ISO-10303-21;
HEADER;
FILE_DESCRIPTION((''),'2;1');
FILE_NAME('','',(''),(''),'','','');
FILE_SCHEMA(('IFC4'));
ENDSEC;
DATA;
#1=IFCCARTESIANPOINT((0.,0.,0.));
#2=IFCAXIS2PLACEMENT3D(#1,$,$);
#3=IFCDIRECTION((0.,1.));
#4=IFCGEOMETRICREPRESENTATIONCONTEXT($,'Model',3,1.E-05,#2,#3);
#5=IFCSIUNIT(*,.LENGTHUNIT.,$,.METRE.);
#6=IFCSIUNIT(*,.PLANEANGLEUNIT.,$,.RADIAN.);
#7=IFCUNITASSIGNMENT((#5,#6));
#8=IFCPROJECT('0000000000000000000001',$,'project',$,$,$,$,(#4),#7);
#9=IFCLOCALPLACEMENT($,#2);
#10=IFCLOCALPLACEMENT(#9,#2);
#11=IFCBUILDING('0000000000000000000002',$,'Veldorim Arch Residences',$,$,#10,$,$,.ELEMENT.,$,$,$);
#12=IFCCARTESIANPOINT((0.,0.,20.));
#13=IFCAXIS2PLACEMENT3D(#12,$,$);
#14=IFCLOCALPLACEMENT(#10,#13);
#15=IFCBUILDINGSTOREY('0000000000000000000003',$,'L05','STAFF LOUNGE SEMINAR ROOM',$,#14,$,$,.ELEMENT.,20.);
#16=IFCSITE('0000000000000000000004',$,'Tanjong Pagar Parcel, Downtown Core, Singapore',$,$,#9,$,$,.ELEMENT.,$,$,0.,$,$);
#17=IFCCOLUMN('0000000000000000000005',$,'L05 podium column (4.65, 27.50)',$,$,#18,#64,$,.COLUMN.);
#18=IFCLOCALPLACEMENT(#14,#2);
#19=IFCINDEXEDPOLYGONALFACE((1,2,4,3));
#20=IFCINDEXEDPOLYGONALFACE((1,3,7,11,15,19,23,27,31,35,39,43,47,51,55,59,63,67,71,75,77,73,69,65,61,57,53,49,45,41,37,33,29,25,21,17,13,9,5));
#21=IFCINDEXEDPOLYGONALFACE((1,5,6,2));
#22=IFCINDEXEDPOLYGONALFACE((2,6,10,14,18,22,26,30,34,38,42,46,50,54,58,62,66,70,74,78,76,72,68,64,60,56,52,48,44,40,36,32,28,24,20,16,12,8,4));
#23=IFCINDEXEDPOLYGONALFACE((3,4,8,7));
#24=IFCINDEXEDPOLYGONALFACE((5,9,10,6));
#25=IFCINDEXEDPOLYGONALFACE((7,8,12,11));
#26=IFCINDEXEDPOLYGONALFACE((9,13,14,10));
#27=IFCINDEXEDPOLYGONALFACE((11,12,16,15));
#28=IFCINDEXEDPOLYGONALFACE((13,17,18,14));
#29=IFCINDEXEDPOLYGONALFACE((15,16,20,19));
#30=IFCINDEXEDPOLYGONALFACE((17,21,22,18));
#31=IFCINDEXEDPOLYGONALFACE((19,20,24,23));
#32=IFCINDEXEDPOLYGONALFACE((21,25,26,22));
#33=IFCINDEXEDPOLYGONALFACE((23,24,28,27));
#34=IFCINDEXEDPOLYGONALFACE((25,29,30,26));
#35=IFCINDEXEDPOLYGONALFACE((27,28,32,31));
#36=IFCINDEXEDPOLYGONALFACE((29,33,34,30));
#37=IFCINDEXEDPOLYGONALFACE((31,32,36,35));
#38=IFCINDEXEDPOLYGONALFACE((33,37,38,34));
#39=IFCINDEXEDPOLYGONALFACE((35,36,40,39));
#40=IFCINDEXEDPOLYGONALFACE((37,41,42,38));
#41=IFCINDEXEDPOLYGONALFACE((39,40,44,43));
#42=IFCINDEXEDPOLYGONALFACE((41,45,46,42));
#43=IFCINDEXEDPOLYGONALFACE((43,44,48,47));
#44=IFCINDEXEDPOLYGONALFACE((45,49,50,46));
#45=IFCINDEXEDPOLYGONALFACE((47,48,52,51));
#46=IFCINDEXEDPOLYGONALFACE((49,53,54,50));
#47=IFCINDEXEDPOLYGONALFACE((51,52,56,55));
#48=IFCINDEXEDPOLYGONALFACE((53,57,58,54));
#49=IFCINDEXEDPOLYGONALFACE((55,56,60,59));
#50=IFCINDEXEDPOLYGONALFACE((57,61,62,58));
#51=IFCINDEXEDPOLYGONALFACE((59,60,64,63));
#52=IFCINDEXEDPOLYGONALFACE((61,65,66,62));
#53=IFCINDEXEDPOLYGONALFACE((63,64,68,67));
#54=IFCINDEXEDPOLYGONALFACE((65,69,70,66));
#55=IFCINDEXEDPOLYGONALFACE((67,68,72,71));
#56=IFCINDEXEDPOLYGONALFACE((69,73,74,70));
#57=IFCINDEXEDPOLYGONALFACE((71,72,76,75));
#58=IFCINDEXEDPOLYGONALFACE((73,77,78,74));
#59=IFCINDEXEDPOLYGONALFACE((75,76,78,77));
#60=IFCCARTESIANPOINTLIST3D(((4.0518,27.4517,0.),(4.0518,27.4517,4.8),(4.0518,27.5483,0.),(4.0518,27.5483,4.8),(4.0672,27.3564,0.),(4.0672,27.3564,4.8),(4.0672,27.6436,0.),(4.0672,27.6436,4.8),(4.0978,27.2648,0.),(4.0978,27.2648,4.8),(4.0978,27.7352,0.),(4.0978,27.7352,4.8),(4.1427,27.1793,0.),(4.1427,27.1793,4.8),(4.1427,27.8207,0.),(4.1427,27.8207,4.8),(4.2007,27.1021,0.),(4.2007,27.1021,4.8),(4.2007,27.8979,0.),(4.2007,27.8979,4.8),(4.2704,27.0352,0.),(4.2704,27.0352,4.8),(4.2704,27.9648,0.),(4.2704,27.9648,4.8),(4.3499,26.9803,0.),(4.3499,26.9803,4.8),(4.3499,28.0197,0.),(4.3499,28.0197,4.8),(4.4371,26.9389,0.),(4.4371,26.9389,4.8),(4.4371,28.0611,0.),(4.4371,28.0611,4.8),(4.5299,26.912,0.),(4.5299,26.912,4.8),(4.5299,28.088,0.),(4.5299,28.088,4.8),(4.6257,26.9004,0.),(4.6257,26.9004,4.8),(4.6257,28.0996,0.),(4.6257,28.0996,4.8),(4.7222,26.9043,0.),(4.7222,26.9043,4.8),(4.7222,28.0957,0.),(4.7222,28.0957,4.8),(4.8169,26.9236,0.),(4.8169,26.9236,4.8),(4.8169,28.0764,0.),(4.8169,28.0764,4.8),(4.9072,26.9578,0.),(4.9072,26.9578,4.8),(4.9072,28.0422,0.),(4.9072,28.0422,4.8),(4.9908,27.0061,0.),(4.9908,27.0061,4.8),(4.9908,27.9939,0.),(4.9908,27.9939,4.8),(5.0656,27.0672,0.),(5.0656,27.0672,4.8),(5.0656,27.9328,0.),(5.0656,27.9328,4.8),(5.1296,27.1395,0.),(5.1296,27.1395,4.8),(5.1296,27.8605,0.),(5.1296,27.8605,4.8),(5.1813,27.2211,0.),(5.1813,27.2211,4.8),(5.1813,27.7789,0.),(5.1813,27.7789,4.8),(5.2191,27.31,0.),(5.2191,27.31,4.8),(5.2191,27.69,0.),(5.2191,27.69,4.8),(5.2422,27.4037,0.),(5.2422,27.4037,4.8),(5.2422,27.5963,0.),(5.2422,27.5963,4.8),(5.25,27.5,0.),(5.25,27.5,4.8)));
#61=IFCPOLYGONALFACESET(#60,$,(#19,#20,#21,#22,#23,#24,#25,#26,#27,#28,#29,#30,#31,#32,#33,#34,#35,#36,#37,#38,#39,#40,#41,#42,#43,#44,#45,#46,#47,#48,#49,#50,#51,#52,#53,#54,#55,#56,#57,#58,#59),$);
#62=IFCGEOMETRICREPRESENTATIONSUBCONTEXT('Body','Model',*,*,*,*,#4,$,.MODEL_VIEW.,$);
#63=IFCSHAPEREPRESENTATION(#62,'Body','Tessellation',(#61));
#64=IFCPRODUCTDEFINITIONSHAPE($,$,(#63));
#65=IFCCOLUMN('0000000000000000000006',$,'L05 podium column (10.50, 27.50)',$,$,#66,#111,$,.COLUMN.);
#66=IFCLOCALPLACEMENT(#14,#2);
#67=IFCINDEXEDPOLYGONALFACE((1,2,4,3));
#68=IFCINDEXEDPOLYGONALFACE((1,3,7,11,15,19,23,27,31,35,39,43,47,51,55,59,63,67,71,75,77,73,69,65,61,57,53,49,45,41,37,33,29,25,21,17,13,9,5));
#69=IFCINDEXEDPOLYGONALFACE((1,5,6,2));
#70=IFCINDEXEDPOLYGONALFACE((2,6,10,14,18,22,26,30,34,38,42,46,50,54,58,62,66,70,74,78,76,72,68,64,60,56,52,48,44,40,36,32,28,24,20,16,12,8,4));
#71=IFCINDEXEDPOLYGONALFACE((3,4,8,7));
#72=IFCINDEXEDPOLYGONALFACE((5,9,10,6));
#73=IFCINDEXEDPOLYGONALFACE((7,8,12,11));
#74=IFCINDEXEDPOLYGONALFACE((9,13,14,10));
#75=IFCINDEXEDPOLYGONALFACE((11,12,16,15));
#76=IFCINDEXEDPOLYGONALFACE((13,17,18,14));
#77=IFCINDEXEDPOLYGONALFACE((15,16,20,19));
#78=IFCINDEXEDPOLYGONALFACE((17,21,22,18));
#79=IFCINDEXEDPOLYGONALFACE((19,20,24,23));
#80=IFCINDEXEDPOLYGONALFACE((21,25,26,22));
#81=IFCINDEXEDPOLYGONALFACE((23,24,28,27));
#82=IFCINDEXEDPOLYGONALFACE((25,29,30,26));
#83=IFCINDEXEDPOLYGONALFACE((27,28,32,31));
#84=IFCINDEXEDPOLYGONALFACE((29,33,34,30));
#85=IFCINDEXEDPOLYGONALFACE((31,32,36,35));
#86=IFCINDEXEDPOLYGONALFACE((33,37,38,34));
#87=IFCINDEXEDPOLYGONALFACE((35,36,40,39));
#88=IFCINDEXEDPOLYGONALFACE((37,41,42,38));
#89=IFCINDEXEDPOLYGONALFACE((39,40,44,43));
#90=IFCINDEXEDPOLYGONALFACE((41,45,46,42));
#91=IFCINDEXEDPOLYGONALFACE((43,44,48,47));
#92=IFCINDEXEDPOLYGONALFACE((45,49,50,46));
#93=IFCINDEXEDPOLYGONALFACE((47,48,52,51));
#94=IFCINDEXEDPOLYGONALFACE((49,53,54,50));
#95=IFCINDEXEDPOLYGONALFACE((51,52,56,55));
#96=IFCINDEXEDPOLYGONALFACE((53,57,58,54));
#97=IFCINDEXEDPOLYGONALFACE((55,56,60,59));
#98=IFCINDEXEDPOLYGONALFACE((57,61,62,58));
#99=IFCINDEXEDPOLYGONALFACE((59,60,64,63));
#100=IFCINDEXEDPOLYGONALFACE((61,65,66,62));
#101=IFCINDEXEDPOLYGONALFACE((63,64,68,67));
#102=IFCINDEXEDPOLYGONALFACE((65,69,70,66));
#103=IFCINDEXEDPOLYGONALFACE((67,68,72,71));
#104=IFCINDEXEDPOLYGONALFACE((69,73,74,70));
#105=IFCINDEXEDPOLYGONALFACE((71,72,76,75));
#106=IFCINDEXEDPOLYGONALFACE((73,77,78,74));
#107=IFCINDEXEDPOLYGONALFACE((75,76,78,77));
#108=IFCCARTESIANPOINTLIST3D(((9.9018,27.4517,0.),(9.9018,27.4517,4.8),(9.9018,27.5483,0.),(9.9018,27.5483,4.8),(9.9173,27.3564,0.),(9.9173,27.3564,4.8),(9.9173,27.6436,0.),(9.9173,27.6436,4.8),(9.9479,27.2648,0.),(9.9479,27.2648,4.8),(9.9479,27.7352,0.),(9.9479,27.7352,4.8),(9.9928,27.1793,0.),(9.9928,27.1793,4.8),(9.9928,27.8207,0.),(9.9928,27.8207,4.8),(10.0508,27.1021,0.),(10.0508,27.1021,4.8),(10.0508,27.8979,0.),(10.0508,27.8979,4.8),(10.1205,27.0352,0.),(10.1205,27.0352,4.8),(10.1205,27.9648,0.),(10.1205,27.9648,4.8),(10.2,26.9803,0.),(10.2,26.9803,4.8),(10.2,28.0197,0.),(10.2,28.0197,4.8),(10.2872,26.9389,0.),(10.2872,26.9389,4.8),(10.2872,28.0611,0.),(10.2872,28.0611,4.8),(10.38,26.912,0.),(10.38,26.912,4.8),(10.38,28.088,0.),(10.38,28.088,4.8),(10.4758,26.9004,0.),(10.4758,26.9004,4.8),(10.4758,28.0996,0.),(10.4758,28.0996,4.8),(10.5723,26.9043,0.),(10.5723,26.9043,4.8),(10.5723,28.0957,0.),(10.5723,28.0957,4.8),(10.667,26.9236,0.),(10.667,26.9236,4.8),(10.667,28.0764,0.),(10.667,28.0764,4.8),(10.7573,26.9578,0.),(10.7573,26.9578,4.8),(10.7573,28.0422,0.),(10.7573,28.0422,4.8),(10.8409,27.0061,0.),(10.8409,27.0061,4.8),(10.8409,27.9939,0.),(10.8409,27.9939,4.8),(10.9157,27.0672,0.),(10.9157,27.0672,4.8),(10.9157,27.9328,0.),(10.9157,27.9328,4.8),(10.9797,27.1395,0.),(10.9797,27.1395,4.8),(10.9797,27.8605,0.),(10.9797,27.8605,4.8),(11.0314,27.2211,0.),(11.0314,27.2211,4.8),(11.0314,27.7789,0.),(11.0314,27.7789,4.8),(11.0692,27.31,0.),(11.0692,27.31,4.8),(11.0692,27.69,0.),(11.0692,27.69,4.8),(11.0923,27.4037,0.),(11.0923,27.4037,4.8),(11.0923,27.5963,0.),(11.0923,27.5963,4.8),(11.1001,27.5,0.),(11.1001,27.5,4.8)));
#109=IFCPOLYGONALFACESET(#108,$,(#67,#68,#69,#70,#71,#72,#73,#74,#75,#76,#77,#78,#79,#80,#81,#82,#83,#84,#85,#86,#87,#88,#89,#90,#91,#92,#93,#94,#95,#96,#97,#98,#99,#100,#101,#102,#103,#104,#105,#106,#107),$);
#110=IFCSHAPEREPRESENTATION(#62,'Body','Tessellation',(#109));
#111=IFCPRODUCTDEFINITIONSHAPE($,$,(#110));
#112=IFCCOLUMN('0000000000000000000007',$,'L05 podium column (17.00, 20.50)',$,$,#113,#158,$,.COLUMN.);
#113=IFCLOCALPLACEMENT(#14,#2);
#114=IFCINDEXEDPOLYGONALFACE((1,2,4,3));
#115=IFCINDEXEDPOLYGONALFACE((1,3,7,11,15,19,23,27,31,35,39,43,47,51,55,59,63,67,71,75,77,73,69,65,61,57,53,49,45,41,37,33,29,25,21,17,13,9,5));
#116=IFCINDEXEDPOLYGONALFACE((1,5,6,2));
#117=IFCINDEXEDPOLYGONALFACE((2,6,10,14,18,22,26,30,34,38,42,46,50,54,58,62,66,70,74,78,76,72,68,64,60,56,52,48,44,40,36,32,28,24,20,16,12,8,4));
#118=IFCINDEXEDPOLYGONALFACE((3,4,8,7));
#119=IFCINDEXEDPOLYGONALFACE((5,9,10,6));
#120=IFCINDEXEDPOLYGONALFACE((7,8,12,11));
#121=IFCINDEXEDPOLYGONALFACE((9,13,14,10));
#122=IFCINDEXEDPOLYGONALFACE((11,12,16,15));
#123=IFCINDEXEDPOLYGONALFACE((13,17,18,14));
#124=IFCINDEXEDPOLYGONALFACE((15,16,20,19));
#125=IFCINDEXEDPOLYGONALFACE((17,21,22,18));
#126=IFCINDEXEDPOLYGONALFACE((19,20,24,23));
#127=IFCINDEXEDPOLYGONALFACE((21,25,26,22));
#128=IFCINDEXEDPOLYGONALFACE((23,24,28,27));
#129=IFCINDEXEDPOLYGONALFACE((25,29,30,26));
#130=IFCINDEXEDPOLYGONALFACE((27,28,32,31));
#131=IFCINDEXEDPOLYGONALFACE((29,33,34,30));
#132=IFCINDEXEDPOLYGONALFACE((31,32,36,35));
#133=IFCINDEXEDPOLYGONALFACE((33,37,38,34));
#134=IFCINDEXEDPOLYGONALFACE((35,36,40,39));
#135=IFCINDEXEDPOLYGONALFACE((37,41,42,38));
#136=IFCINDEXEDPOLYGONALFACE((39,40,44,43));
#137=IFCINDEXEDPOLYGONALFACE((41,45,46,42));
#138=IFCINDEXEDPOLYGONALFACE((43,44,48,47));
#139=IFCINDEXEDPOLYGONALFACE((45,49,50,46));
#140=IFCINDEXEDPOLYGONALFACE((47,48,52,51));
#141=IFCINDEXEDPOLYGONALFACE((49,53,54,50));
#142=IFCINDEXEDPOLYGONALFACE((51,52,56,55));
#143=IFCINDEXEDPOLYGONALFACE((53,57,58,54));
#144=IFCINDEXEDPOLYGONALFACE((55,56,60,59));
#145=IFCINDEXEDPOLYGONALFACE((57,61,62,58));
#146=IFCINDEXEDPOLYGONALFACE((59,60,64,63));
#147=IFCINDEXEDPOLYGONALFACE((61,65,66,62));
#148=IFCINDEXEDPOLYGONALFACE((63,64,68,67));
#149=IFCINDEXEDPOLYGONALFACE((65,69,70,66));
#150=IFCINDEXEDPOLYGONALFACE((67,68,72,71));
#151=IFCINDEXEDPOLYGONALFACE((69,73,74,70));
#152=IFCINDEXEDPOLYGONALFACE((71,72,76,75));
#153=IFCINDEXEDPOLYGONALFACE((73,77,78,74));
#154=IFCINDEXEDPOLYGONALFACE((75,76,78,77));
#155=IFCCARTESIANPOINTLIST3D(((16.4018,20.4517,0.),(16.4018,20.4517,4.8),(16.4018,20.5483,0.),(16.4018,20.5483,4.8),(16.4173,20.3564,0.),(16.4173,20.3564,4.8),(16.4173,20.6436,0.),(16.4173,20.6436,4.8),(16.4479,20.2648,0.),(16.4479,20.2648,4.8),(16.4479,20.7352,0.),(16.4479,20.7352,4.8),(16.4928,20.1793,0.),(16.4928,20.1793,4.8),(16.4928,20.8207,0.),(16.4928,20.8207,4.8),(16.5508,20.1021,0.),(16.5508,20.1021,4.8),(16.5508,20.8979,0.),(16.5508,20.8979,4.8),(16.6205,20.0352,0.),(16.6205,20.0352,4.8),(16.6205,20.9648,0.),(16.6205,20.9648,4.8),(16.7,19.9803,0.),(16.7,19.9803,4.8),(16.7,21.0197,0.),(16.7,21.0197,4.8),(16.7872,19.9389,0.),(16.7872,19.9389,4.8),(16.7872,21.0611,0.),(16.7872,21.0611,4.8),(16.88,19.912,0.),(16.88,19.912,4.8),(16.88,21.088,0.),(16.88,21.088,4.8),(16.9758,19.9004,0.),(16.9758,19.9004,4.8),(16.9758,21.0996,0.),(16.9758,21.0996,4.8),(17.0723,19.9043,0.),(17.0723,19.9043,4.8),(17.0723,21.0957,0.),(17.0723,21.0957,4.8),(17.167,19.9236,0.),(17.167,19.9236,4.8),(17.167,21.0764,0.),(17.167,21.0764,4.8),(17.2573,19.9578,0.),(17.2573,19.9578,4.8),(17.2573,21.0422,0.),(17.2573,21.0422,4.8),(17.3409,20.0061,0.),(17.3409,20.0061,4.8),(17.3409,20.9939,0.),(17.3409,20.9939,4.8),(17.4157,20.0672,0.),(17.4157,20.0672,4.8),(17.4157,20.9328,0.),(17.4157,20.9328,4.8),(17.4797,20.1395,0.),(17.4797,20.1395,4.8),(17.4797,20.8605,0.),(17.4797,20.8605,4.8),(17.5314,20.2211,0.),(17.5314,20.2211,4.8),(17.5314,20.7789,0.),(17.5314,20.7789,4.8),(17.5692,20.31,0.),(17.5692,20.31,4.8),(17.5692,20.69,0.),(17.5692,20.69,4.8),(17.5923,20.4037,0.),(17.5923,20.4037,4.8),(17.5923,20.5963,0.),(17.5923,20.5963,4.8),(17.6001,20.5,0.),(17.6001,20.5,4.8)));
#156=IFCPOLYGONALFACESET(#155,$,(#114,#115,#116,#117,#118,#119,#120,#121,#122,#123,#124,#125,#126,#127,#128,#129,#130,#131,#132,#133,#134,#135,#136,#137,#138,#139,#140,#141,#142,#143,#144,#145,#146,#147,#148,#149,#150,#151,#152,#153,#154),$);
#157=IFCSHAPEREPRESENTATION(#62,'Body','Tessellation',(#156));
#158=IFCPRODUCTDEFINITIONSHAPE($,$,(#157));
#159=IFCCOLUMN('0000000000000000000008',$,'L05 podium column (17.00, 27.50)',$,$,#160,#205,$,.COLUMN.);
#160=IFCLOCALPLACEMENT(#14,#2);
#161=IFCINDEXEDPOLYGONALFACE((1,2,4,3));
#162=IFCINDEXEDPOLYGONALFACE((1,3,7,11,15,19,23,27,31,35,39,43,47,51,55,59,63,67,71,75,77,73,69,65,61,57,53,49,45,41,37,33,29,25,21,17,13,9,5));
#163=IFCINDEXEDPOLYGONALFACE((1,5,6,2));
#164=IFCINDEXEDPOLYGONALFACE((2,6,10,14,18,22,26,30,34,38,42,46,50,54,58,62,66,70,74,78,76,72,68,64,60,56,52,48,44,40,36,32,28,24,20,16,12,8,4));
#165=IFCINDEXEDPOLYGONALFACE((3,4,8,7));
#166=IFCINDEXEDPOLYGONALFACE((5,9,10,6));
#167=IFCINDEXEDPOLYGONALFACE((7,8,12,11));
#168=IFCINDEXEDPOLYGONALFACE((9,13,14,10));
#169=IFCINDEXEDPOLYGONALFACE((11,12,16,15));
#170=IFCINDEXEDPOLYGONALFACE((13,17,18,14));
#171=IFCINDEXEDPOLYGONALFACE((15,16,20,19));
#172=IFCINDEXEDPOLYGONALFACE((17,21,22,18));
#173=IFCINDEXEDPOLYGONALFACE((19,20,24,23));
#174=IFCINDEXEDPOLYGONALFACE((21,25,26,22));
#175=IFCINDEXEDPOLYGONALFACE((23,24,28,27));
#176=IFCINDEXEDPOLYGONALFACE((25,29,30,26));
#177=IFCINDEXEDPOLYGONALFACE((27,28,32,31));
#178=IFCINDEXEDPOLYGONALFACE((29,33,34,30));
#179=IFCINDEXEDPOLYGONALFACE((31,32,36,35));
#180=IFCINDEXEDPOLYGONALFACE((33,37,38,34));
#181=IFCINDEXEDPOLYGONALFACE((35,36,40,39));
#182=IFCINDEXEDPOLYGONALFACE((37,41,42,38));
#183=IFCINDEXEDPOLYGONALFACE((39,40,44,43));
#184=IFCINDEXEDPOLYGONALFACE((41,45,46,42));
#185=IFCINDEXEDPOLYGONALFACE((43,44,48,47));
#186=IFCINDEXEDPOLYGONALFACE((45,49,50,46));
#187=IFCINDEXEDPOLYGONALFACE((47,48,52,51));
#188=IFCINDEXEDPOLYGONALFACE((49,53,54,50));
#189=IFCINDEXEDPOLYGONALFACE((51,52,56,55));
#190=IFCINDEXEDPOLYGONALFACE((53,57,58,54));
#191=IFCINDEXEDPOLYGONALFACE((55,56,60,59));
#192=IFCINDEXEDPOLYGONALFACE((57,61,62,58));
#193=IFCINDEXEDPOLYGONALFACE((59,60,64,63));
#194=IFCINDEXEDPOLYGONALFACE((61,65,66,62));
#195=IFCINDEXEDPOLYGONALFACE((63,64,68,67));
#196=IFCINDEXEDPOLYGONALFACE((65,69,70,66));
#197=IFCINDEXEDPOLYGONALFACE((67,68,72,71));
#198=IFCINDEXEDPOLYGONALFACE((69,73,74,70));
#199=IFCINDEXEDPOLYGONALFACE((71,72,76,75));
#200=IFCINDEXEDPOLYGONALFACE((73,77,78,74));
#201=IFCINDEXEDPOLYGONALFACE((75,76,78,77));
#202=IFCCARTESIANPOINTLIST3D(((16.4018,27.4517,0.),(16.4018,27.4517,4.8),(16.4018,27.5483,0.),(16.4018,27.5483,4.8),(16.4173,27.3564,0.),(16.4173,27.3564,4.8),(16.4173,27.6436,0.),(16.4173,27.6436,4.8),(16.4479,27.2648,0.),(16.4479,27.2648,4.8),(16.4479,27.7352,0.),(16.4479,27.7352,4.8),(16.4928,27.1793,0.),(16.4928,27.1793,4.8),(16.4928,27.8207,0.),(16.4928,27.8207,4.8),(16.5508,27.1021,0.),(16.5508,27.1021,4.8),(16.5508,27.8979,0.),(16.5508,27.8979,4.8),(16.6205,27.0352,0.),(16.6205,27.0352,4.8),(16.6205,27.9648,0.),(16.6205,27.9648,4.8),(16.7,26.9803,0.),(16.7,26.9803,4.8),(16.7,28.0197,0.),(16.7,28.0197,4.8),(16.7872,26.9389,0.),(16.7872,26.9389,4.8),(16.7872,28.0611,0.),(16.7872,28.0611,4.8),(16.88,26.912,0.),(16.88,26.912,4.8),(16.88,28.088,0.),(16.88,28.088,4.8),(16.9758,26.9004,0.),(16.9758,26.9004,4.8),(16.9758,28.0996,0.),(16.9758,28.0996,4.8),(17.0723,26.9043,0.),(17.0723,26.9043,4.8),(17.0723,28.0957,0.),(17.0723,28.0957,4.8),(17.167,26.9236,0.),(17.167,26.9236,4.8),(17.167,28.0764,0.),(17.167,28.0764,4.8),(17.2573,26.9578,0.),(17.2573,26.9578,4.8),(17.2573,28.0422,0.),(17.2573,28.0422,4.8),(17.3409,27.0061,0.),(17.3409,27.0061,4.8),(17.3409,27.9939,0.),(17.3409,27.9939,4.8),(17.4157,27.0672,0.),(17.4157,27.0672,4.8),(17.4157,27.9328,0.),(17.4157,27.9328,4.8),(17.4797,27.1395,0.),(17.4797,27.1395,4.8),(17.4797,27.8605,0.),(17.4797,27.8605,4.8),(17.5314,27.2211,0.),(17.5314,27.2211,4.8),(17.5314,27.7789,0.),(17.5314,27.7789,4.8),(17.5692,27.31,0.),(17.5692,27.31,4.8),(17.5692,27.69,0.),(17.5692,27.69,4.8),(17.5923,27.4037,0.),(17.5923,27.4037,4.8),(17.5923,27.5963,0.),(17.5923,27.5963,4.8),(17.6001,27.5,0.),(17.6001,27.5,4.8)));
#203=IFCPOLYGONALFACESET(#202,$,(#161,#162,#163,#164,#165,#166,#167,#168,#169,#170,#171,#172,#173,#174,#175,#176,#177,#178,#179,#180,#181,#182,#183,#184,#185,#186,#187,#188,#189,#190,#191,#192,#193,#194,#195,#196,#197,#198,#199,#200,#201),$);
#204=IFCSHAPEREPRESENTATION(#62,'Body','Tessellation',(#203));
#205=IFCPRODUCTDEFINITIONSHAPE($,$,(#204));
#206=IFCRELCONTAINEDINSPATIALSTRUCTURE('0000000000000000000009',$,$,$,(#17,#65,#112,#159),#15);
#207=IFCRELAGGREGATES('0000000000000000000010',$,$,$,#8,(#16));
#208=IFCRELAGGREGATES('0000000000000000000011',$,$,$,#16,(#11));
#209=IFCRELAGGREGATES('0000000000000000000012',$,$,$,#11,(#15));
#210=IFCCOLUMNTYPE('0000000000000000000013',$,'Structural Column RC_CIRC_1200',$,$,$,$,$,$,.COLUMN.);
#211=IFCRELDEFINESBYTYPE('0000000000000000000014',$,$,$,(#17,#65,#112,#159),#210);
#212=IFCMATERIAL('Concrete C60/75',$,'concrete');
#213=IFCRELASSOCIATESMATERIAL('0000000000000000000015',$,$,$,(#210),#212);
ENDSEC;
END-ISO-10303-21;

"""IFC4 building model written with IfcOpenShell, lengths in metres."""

from ifc_helpers import new_model, si_unit, direction, frame, origin, origin_2d, place, context, subcontext, project, spatial, circle, extrude, material, material_profile, profile_set, type_object, element, save


model = new_model("IFC4")

# Units and contexts
model_context = context("Model", 3, precision=1e-05, world=origin(), true_north=direction((0.0, 1.0)))
body_context = subcontext(model_context, "Body", "Model", "MODEL_VIEW")
ifc_project = project(units=[si_unit("LENGTHUNIT", "METRE"), si_unit("PLANEANGLEUNIT", "RADIAN")], contexts=[model_context])

# Site, building, storey
site_placement = place(None, origin())
site = spatial("IfcSite", under=ifc_project, at=site_placement, Name="Tanjong Pagar Parcel, Downtown Core, Singapore", CompositionType="ELEMENT", RefElevation=0.0)
building_placement = place(site_placement, origin())
building = spatial("IfcBuilding", under=site, at=building_placement, Name="Veldorim Arch Residences", CompositionType="ELEMENT")
storey_placement = place(building_placement, frame((0.0, 0.0, 20.0)))
storey = spatial("IfcBuildingStorey", under=building, at=storey_placement, Name="L05", Description="STAFF LOUNGE SEMINAR ROOM", CompositionType="ELEMENT", Elevation=20.0)

# Columns
ifc_material_1 = material(Name="Concrete C60/75", Category="concrete")
ifc_material_profile_1 = material_profile(ifc_material_1, circle(Radius=0.6001, at=origin_2d()), Name="RC_CIRC_1200")
ifc_profile_set_1 = profile_set([ifc_material_profile_1], Name="Concrete C60/75")
column_type = type_object("IfcColumnType", Name="Structural Column RC_CIRC_1200", PredefinedType="COLUMN", material=ifc_profile_set_1)
for number, where, z_axis, x_axis, name in (
    (1, (4.6499, 27.5, 0.0), (0.0, 0.0, 1.0), (1.0, 0.0, 0.0), "L05 podium column (4.65, 27.50)"),
    (2, (10.5, 27.5, 0.0), (0.0, 0.0, 1.0), (1.0, 0.0, 0.0), "L05 podium column (10.50, 27.50)"),
    (3, (17.0, 20.5, 0.0), (0.0, 0.0, 1.0), (1.0, 0.0, 0.0), "L05 podium column (17.00, 20.50)"),
    (4, (17.0, 27.5, 0.0), (0.0, 0.0, 1.0), (1.0, 0.0, 0.0), "L05 podium column (17.00, 27.50)"),
):
    element("IfcColumn", number, at=place(storey_placement, frame(where, z_axis=z_axis, x_axis=x_axis)), inside=storey, type_object=column_type, Name=name, PredefinedType="COLUMN", context=body_context, shape_type="SweptSolid", body=[
        extrude(circle(Radius=0.6001, at=origin_2d()), origin(), (0.0, 0.0, 1.0), 4.8),
    ])

save(model, "model.ifc")
